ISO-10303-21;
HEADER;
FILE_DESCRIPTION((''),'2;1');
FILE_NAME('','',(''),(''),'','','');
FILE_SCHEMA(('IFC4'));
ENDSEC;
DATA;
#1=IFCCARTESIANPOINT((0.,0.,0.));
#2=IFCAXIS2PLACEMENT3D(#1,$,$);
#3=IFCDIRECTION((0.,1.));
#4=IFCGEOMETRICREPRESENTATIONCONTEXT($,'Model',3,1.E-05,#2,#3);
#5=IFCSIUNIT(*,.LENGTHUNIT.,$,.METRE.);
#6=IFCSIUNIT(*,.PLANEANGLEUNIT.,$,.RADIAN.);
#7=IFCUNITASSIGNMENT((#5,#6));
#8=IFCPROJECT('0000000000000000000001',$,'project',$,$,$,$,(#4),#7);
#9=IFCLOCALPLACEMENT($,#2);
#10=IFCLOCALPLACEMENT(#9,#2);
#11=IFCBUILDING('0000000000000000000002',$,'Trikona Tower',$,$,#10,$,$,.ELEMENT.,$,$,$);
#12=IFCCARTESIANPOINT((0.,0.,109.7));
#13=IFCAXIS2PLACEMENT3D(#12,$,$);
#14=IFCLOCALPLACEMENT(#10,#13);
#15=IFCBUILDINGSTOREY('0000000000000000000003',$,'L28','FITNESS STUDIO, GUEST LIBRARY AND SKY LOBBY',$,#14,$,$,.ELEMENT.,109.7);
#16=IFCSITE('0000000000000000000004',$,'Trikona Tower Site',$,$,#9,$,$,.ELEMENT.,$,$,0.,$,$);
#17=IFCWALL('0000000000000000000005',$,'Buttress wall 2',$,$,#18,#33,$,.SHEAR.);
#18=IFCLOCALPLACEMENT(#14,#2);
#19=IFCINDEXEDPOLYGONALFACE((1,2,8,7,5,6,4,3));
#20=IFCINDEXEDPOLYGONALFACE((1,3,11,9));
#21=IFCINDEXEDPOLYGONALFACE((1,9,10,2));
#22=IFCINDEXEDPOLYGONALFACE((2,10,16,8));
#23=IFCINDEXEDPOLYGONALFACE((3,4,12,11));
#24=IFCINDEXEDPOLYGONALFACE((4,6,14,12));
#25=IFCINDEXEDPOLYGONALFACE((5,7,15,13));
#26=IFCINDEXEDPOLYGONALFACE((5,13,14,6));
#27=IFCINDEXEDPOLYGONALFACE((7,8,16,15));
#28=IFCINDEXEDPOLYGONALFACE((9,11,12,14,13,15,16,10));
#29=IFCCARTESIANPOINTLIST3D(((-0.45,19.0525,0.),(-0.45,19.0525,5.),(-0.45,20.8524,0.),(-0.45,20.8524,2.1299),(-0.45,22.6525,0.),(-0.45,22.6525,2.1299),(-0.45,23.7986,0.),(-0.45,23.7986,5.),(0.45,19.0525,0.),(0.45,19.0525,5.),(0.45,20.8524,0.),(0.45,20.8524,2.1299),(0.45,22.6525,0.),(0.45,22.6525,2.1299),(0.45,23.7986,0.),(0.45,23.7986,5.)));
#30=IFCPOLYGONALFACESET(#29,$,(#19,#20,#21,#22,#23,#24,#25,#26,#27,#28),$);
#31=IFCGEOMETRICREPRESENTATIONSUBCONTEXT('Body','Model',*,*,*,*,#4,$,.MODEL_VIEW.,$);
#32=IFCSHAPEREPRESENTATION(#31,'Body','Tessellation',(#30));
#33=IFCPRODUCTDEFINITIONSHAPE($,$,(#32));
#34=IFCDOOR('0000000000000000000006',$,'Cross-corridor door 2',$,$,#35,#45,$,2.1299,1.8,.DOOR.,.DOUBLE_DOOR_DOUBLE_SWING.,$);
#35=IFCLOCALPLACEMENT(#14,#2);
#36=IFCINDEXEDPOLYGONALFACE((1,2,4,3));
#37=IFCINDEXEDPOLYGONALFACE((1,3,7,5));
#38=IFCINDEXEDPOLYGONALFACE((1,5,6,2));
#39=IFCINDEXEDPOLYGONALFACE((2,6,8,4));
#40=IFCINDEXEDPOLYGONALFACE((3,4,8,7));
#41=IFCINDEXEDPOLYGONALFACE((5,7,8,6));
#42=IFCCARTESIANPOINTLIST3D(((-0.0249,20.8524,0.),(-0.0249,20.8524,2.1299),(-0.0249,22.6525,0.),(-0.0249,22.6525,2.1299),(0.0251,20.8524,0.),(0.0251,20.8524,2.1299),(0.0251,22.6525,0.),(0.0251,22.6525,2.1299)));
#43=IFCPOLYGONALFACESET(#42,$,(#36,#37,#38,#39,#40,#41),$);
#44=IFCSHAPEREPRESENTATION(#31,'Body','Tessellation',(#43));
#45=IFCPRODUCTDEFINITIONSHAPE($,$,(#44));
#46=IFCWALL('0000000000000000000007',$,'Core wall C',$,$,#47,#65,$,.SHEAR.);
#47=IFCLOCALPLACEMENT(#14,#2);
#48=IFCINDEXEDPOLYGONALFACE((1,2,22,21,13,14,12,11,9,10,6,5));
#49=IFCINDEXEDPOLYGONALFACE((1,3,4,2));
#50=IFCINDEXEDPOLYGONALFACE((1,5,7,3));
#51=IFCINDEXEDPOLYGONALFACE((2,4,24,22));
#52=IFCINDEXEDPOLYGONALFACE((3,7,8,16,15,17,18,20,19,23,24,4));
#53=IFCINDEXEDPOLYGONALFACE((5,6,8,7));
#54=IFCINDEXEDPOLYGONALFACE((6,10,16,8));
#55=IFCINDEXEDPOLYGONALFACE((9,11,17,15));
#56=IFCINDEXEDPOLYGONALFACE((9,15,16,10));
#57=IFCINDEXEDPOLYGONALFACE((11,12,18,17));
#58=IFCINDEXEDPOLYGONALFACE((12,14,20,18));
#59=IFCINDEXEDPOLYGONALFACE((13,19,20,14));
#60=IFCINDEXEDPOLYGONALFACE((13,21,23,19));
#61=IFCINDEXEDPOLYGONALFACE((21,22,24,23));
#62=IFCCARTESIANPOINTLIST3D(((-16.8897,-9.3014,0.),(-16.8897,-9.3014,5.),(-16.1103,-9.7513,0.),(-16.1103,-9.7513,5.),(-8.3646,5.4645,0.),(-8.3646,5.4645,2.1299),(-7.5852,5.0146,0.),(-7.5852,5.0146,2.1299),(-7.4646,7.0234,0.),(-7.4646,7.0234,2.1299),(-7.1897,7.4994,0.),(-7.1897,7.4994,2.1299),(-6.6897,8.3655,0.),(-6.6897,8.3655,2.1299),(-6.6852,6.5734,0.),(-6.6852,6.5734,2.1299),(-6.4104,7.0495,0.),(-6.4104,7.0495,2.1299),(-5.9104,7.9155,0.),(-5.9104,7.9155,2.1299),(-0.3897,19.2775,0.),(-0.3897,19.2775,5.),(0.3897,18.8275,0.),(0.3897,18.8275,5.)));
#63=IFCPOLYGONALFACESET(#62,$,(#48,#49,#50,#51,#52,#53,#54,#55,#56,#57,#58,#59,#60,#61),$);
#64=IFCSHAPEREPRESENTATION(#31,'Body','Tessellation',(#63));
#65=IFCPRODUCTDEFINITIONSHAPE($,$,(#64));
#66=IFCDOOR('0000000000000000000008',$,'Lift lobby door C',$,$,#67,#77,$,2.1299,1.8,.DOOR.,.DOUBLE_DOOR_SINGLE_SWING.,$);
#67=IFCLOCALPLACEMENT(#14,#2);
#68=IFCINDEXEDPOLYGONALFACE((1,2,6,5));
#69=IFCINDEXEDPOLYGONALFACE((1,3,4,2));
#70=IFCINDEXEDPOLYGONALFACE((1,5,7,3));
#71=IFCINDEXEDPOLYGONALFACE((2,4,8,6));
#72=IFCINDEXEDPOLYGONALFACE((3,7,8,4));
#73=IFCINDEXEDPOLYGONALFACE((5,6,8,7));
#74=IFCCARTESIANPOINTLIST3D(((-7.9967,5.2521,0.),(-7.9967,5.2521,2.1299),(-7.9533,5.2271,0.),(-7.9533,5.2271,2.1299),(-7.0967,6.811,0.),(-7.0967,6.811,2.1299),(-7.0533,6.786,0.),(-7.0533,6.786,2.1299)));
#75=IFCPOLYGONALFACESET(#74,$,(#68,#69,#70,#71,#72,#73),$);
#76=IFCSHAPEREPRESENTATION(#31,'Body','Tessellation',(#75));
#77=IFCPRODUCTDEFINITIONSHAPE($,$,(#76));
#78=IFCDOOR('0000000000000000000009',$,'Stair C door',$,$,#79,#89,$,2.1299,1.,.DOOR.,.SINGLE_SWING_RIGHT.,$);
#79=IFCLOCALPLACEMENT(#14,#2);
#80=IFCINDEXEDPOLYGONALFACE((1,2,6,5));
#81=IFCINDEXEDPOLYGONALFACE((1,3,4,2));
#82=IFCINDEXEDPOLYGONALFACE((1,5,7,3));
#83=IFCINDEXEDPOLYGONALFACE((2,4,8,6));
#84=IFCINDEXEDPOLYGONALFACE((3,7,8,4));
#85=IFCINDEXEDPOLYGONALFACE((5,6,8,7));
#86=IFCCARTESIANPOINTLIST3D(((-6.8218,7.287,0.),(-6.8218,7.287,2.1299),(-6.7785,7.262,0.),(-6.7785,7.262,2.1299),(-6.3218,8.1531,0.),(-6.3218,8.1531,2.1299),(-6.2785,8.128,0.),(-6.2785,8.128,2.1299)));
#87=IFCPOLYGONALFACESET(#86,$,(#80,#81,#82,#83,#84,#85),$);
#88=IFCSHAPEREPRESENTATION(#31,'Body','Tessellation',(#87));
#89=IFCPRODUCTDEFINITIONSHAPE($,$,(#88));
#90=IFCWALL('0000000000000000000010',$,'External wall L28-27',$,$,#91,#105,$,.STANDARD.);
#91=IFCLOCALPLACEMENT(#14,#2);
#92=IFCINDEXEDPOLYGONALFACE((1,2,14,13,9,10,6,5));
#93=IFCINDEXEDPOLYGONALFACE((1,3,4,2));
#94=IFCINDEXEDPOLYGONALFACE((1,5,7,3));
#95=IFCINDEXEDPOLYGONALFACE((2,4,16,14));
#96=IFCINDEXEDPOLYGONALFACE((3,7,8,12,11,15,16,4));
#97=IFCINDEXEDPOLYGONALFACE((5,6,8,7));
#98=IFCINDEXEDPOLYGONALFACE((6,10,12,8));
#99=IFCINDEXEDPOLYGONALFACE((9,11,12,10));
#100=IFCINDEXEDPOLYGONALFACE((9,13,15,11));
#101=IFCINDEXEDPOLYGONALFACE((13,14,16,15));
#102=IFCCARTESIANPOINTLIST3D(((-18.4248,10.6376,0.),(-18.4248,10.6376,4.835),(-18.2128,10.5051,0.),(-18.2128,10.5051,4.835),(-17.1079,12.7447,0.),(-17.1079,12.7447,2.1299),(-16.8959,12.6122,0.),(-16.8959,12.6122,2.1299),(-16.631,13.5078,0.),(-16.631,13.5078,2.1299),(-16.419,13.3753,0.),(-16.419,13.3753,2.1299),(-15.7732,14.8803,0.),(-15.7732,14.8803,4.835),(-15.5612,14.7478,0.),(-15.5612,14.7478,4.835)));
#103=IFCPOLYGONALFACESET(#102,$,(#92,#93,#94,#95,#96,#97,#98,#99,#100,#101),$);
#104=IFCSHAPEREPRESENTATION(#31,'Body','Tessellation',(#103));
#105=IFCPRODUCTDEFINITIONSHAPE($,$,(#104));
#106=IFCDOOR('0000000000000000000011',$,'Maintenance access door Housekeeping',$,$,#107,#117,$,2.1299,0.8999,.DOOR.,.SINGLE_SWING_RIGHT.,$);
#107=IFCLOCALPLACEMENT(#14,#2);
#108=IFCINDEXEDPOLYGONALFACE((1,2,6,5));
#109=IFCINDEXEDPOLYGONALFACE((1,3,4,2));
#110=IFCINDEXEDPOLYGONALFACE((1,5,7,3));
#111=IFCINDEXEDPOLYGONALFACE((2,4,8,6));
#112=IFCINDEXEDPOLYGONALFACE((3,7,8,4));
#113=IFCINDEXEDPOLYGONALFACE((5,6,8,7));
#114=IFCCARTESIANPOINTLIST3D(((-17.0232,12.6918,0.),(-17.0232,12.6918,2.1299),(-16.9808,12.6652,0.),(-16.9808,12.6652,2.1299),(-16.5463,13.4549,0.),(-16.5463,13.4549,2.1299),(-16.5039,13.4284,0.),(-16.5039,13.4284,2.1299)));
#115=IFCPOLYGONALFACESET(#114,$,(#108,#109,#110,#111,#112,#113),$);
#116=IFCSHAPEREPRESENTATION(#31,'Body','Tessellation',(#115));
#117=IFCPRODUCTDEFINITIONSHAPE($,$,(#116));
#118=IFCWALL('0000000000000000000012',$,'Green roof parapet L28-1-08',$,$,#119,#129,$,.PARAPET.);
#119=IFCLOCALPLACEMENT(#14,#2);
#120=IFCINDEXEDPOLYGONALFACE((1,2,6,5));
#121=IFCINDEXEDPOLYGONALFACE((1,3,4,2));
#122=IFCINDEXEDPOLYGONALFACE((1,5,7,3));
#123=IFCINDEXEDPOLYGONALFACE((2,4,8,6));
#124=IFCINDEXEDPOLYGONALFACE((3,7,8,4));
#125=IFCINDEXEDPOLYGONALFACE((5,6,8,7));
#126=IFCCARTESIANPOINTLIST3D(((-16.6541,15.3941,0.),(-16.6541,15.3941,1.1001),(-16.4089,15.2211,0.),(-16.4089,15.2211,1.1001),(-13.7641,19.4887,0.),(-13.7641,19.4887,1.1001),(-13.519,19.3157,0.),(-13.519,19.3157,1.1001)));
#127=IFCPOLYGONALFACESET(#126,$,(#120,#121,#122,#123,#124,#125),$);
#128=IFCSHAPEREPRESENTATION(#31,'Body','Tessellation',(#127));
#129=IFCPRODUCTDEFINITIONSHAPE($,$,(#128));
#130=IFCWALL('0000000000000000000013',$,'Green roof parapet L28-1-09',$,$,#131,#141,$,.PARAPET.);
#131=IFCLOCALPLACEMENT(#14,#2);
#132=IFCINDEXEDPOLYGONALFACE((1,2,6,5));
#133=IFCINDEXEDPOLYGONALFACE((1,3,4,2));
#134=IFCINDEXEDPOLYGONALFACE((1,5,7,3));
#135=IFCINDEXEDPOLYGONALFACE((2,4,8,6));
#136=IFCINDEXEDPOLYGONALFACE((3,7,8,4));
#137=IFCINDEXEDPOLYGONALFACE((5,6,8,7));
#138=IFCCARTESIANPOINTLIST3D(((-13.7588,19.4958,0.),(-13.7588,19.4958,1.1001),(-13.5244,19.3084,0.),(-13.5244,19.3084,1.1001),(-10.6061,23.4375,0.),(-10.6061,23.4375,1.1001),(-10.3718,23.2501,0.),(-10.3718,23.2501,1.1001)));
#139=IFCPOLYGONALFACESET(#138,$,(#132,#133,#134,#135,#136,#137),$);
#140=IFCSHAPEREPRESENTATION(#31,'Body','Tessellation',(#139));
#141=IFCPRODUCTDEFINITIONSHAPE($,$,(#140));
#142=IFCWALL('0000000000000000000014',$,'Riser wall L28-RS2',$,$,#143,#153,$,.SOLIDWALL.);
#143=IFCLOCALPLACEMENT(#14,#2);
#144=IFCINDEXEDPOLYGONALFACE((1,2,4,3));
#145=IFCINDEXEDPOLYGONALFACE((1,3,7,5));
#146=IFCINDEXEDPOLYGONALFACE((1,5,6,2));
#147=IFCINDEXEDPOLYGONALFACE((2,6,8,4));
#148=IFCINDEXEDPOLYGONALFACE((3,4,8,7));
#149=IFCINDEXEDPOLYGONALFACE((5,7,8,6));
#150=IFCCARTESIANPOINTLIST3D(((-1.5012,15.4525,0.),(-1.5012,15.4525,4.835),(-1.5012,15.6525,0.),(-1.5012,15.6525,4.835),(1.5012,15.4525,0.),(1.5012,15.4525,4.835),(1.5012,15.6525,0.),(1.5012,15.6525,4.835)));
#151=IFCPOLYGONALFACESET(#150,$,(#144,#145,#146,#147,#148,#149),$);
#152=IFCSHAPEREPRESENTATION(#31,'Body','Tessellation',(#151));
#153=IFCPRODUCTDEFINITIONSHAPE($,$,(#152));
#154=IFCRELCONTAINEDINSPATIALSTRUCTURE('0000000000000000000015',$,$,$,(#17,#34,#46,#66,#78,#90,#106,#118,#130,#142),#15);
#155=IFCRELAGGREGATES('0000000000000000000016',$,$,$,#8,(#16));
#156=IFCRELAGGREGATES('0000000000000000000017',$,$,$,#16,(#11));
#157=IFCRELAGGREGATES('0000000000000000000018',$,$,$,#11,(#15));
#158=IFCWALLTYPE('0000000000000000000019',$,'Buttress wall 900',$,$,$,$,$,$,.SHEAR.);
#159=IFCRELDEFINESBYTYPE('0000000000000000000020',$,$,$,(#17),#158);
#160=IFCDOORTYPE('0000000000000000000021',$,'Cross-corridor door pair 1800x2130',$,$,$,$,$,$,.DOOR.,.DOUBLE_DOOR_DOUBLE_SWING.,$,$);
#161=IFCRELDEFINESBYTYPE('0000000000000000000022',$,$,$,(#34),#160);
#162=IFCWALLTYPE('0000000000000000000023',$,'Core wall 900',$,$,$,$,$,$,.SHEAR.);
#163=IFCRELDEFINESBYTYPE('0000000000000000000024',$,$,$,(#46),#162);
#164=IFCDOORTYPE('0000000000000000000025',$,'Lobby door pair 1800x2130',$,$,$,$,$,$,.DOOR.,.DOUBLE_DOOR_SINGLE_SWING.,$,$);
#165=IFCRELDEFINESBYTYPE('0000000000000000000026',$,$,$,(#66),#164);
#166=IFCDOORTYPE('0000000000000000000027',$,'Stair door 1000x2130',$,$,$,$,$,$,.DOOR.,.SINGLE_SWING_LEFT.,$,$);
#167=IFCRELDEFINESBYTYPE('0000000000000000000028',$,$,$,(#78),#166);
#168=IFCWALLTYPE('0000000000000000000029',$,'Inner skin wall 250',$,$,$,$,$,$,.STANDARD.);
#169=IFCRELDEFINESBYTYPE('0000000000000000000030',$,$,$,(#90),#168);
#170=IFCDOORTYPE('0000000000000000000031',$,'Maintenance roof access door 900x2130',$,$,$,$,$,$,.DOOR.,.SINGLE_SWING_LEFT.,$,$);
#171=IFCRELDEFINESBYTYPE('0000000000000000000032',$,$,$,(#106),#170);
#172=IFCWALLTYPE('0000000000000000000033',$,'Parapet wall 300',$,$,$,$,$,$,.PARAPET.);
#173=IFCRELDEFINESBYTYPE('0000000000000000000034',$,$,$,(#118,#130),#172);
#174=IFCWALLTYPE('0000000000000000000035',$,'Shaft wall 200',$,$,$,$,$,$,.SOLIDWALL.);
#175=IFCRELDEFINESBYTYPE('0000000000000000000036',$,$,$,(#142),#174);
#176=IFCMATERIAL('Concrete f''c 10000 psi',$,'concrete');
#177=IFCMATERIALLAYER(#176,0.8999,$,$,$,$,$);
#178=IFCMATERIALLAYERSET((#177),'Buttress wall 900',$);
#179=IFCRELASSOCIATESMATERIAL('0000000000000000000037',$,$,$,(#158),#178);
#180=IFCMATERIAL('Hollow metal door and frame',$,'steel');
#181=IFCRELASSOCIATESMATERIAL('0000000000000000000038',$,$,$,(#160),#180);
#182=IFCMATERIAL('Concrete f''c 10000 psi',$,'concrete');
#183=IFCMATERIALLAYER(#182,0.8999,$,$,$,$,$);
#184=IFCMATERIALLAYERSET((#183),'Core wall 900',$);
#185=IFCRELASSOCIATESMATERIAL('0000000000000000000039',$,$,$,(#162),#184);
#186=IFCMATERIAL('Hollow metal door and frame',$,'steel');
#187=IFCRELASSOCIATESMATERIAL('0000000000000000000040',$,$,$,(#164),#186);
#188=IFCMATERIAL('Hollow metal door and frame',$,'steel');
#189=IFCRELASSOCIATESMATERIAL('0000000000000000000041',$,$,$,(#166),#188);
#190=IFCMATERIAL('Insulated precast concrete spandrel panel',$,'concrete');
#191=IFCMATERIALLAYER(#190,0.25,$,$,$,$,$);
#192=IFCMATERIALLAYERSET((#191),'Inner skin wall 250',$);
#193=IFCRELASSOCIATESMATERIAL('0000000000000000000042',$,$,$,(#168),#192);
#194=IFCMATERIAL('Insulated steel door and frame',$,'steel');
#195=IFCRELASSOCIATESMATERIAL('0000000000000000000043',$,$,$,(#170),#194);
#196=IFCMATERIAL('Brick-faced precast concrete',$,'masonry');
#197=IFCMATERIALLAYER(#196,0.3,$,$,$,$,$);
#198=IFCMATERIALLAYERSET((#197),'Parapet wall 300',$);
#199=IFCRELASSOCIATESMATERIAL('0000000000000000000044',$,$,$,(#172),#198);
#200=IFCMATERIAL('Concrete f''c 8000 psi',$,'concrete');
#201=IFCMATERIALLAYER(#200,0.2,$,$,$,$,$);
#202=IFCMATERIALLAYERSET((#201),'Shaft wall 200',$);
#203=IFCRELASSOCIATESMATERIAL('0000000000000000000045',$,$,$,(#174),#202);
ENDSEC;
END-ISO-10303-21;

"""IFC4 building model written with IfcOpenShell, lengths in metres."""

from ifc_helpers import new_model, si_unit, direction, frame, frame_2d, origin, place, context, subcontext, project, spatial, rectangle, extrude, material, layer, layer_set, type_object, element, fill, save


model = new_model("IFC4")

# Units and contexts
model_context = context("Model", 3, precision=1e-05, world=origin(), true_north=direction((0.0, 1.0)))
body_context = subcontext(model_context, "Body", "Model", "MODEL_VIEW")
ifc_project = project(units=[si_unit("LENGTHUNIT", "METRE"), si_unit("PLANEANGLEUNIT", "RADIAN")], contexts=[model_context])

# Site, building, storey
site_placement = place(None, origin())
site = spatial("IfcSite", under=ifc_project, at=site_placement, Name="Trikona Tower Site", CompositionType="ELEMENT", RefElevation=0.0)
building_placement = place(site_placement, origin())
building = spatial("IfcBuilding", under=site, at=building_placement, Name="Trikona Tower", CompositionType="ELEMENT")
storey_placement = place(building_placement, frame((0.0, 0.0, 109.7)))
storey = spatial("IfcBuildingStorey", under=building, at=storey_placement, Name="L28", Description="FITNESS STUDIO, GUEST LIBRARY AND SKY LOBBY", CompositionType="ELEMENT", Elevation=109.7)

# Wall, opening, door
ifc_material_1 = material(Name="Concrete f'c 10000 psi", Category="concrete")
ifc_layer_1 = layer(ifc_material_1, 0.8999)
ifc_layer_set_1 = layer_set([ifc_layer_1], Name="Buttress wall 900")
wall_type_1 = type_object("IfcWallType", Name="Buttress wall 900", PredefinedType="SHEAR", material=ifc_layer_set_1)
wall_1_placement = place(storey_placement, frame((0.0, 19.0525, 0.0), z_axis=(0.0, 0.0, 1.0), x_axis=(0.0, 1.0, 0.0)))
wall_1 = element("IfcWall", 1, at=wall_1_placement, inside=storey, type_object=wall_type_1, Name="Buttress wall 2", PredefinedType="SHEAR", context=body_context, shape_type="SweptSolid", body=[
    extrude(rectangle(XDim=4.7461, YDim=0.8999, at=frame_2d((2.373, 0.0))), origin(), (0.0, 0.0, 1.0), 5.0),
])
opening_1_placement = place(wall_1_placement, frame((1.8, 0.0, 0.0)))
opening_1 = element("IfcOpeningElement", 2, at=opening_1_placement, cuts=wall_1, PredefinedType="OPENING", context=body_context, shape_type="SweptSolid", body=[
    extrude(rectangle(XDim=1.8, YDim=2.1299, at=frame_2d((0.8999, 1.0649))), frame((0.0, 0.46, 0.0), z_axis=(0.0, -1.0, 0.0), x_axis=(1.0, 0.0, 0.0)), (0.0, 0.0, 1.0), 0.9199),
])
ifc_material_2 = material(Name="Hollow metal door and frame", Category="steel")
door_type_1 = type_object("IfcDoorType", Name="Cross-corridor door pair 1800x2130", OperationType="DOUBLE_DOOR_DOUBLE_SWING", PredefinedType="DOOR", material=ifc_material_2)
door_1_placement = place(opening_1_placement, origin())
door_1 = element("IfcDoor", 3, at=door_1_placement, inside=storey, type_object=door_type_1, Name="Cross-corridor door 2", OperationType="DOUBLE_DOOR_DOUBLE_SWING", OverallHeight=2.1299, OverallWidth=1.8, PredefinedType="DOOR", context=body_context, shape_type="SweptSolid", body=[
    extrude(rectangle(XDim=1.8, YDim=2.1299, at=frame_2d((0.8999, 1.0649))), frame((0.0, 0.0249, 0.0), z_axis=(0.0, -1.0, 0.0), x_axis=(1.0, 0.0, 0.0)), (0.0, 0.0, 1.0), 0.05),
])
fill(opening_1, door_1)

# Wall, openings, doors
ifc_material_3 = material(Name="Concrete f'c 10000 psi", Category="concrete")
ifc_layer_2 = layer(ifc_material_3, 0.8999)
ifc_layer_set_2 = layer_set([ifc_layer_2], Name="Core wall 900")
wall_type_2 = type_object("IfcWallType", Name="Core wall 900", PredefinedType="SHEAR", material=ifc_layer_set_2)
wall_2_placement = place(storey_placement, frame((0.0, 19.0525, 0.0), z_axis=(0.0, 0.0, 1.0), x_axis=(-0.5, -0.866026, 0.0)))
wall_2 = element("IfcWall", 4, at=wall_2_placement, inside=storey, type_object=wall_type_2, Name="Core wall C", PredefinedType="SHEAR", context=body_context, shape_type="SweptSolid", body=[
    extrude(rectangle(XDim=33.0, YDim=0.8999, at=frame_2d((16.5, 0.0))), origin(), (0.0, 0.0, 1.0), 5.0),
])
opening_2_placement = place(wall_2_placement, frame((14.1499, 0.0, 0.0)))
opening_2 = element("IfcOpeningElement", 5, at=opening_2_placement, cuts=wall_2, PredefinedType="OPENING", context=body_context, shape_type="SweptSolid", body=[
    extrude(rectangle(XDim=1.8, YDim=2.1299, at=frame_2d((0.8999, 1.0649))), frame((0.0, 0.46, 0.0), z_axis=(0.0, -1.0, 0.0), x_axis=(1.0, 0.0, 0.0)), (0.0, 0.0, 1.0), 0.9199),
])
opening_3_placement = place(wall_2_placement, frame((12.6001, 0.0, 0.0)))
opening_3 = element("IfcOpeningElement", 6, at=opening_3_placement, cuts=wall_2, PredefinedType="OPENING", context=body_context, shape_type="SweptSolid", body=[
    extrude(rectangle(XDim=1.0, YDim=2.1299, at=frame_2d((0.5, 1.0649))), frame((0.0, 0.46, 0.0), z_axis=(0.0, -1.0, 0.0), x_axis=(1.0, 0.0, 0.0)), (0.0, 0.0, 1.0), 0.9199),
])
ifc_material_4 = material(Name="Hollow metal door and frame", Category="steel")
door_type_2 = type_object("IfcDoorType", Name="Lobby door pair 1800x2130", OperationType="DOUBLE_DOOR_SINGLE_SWING", PredefinedType="DOOR", material=ifc_material_4)
door_2_placement = place(opening_2_placement, origin())
door_2 = element("IfcDoor", 7, at=door_2_placement, inside=storey, type_object=door_type_2, Name="Lift lobby door C", OperationType="DOUBLE_DOOR_SINGLE_SWING", OverallHeight=2.1299, OverallWidth=1.8, PredefinedType="DOOR", context=body_context, shape_type="SweptSolid", body=[
    extrude(rectangle(XDim=1.8, YDim=2.1299, at=frame_2d((0.8999, 1.0649))), frame((0.0, 0.0249, 0.0), z_axis=(0.0, -1.0, 0.0), x_axis=(1.0, 0.0, 0.0)), (0.0, 0.0, 1.0), 0.05),
])
fill(opening_2, door_2)
ifc_material_5 = material(Name="Hollow metal door and frame", Category="steel")
door_type_3 = type_object("IfcDoorType", Name="Stair door 1000x2130", OperationType="SINGLE_SWING_LEFT", PredefinedType="DOOR", material=ifc_material_5)
door_3_placement = place(opening_3_placement, origin())
door_3 = element("IfcDoor", 8, at=door_3_placement, inside=storey, type_object=door_type_3, Name="Stair C door", OperationType="SINGLE_SWING_RIGHT", OverallHeight=2.1299, OverallWidth=1.0, PredefinedType="DOOR", context=body_context, shape_type="SweptSolid", body=[
    extrude(rectangle(XDim=1.0, YDim=2.1299, at=frame_2d((0.5, 1.0649))), frame((0.0, 0.0249, 0.0), z_axis=(0.0, -1.0, 0.0), x_axis=(1.0, 0.0, 0.0)), (0.0, 0.0, 1.0), 0.05),
])
fill(opening_3, door_3)

# Wall, opening, door
ifc_material_6 = material(Name="Insulated precast concrete spandrel panel", Category="concrete")
ifc_layer_3 = layer(ifc_material_6, 0.25)
ifc_layer_set_3 = layer_set([ifc_layer_3], Name="Inner skin wall 250")
wall_type_3 = type_object("IfcWallType", Name="Inner skin wall 250", PredefinedType="STANDARD", material=ifc_layer_set_3)
wall_3_placement = place(storey_placement, frame((-15.6672, 14.814, 0.0), z_axis=(0.0, 0.0, 1.0), x_axis=(-0.52999, -0.848004, 0.0)))
wall_3 = element("IfcWall", 9, at=wall_3_placement, inside=storey, type_object=wall_type_3, Name="External wall L28-27", PredefinedType="STANDARD", context=body_context, shape_type="SweptSolid", body=[
    extrude(rectangle(XDim=5.0032, YDim=0.25, at=frame_2d((2.5015, 0.0))), origin(), (0.0, 0.0, 1.0), 4.835),
])
opening_4_placement = place(wall_3_placement, frame((1.6184, 0.0, 0.0)))
opening_4 = element("IfcOpeningElement", 10, at=opening_4_placement, cuts=wall_3, PredefinedType="OPENING", context=body_context, shape_type="SweptSolid", body=[
    extrude(rectangle(XDim=0.8999, YDim=2.1299, at=frame_2d((0.45, 1.0649))), frame((0.0, 0.135, 0.0), z_axis=(0.0, -1.0, 0.0), x_axis=(1.0, 0.0, 0.0)), (0.0, 0.0, 1.0), 0.27),
])
ifc_material_7 = material(Name="Insulated steel door and frame", Category="steel")
door_type_4 = type_object("IfcDoorType", Name="Maintenance roof access door 900x2130", OperationType="SINGLE_SWING_LEFT", PredefinedType="DOOR", material=ifc_material_7)
door_4_placement = place(opening_4_placement, origin())
door_4 = element("IfcDoor", 11, at=door_4_placement, inside=storey, type_object=door_type_4, Name="Maintenance access door Housekeeping", OperationType="SINGLE_SWING_RIGHT", OverallHeight=2.1299, OverallWidth=0.8999, PredefinedType="DOOR", context=body_context, shape_type="SweptSolid", body=[
    extrude(rectangle(XDim=0.8999, YDim=2.1299, at=frame_2d((0.45, 1.0649))), frame((0.0, 0.0249, 0.0), z_axis=(0.0, -1.0, 0.0), x_axis=(1.0, 0.0, 0.0)), (0.0, 0.0, 1.0), 0.05),
])
fill(opening_4, door_4)

# Walls
ifc_material_8 = material(Name="Brick-faced precast concrete", Category="masonry")
ifc_layer_4 = layer(ifc_material_8, 0.3)
ifc_layer_set_4 = layer_set([ifc_layer_4], Name="Parapet wall 300")
wall_type_4 = type_object("IfcWallType", Name="Parapet wall 300", PredefinedType="PARAPET", material=ifc_layer_set_4)
wall_4_placement = place(storey_placement, frame((-16.5315, 15.3076, 0.0), z_axis=(0.0, 0.0, 1.0), x_axis=(0.576639, 0.816999, 0.0)))
element("IfcWall", 12, at=wall_4_placement, inside=storey, type_object=wall_type_4, Name="Green roof parapet L28-1-08", PredefinedType="PARAPET", context=body_context, shape_type="SweptSolid", body=[
    extrude(rectangle(XDim=5.0117, YDim=0.3, at=frame_2d((2.5059, 0.0))), origin(), (0.0, 0.0, 1.0), 1.1001),
])
wall_5_placement = place(storey_placement, frame((-13.6416, 19.4021, 0.0), z_axis=(0.0, 0.0, 1.0), x_axis=(0.624607, 0.78094, 0.0)))
element("IfcWall", 13, at=wall_5_placement, inside=storey, type_object=wall_type_4, Name="Green roof parapet L28-1-09", PredefinedType="PARAPET", context=body_context, shape_type="SweptSolid", body=[
    extrude(rectangle(XDim=5.0474, YDim=0.3, at=frame_2d((2.5237, 0.0))), origin(), (0.0, 0.0, 1.0), 1.1001),
])
ifc_material_9 = material(Name="Concrete f'c 8000 psi", Category="concrete")
ifc_layer_5 = layer(ifc_material_9, 0.2)
ifc_layer_set_5 = layer_set([ifc_layer_5], Name="Shaft wall 200")
wall_type_5 = type_object("IfcWallType", Name="Shaft wall 200", PredefinedType="SOLIDWALL", material=ifc_layer_set_5)
wall_6_placement = place(storey_placement, frame((-1.5012, 15.5525, 0.0), z_axis=(0.0, 0.0, 1.0), x_axis=(1.0, 0.0, 0.0)))
element("IfcWall", 14, at=wall_6_placement, inside=storey, type_object=wall_type_5, Name="Riser wall L28-RS2", PredefinedType="SOLIDWALL", context=body_context, shape_type="SweptSolid", body=[
    extrude(rectangle(XDim=3.0024, YDim=0.2, at=frame_2d((1.5012, 0.0))), origin(), (0.0, 0.0, 1.0), 4.835),
])

save(model, "model.ifc")
